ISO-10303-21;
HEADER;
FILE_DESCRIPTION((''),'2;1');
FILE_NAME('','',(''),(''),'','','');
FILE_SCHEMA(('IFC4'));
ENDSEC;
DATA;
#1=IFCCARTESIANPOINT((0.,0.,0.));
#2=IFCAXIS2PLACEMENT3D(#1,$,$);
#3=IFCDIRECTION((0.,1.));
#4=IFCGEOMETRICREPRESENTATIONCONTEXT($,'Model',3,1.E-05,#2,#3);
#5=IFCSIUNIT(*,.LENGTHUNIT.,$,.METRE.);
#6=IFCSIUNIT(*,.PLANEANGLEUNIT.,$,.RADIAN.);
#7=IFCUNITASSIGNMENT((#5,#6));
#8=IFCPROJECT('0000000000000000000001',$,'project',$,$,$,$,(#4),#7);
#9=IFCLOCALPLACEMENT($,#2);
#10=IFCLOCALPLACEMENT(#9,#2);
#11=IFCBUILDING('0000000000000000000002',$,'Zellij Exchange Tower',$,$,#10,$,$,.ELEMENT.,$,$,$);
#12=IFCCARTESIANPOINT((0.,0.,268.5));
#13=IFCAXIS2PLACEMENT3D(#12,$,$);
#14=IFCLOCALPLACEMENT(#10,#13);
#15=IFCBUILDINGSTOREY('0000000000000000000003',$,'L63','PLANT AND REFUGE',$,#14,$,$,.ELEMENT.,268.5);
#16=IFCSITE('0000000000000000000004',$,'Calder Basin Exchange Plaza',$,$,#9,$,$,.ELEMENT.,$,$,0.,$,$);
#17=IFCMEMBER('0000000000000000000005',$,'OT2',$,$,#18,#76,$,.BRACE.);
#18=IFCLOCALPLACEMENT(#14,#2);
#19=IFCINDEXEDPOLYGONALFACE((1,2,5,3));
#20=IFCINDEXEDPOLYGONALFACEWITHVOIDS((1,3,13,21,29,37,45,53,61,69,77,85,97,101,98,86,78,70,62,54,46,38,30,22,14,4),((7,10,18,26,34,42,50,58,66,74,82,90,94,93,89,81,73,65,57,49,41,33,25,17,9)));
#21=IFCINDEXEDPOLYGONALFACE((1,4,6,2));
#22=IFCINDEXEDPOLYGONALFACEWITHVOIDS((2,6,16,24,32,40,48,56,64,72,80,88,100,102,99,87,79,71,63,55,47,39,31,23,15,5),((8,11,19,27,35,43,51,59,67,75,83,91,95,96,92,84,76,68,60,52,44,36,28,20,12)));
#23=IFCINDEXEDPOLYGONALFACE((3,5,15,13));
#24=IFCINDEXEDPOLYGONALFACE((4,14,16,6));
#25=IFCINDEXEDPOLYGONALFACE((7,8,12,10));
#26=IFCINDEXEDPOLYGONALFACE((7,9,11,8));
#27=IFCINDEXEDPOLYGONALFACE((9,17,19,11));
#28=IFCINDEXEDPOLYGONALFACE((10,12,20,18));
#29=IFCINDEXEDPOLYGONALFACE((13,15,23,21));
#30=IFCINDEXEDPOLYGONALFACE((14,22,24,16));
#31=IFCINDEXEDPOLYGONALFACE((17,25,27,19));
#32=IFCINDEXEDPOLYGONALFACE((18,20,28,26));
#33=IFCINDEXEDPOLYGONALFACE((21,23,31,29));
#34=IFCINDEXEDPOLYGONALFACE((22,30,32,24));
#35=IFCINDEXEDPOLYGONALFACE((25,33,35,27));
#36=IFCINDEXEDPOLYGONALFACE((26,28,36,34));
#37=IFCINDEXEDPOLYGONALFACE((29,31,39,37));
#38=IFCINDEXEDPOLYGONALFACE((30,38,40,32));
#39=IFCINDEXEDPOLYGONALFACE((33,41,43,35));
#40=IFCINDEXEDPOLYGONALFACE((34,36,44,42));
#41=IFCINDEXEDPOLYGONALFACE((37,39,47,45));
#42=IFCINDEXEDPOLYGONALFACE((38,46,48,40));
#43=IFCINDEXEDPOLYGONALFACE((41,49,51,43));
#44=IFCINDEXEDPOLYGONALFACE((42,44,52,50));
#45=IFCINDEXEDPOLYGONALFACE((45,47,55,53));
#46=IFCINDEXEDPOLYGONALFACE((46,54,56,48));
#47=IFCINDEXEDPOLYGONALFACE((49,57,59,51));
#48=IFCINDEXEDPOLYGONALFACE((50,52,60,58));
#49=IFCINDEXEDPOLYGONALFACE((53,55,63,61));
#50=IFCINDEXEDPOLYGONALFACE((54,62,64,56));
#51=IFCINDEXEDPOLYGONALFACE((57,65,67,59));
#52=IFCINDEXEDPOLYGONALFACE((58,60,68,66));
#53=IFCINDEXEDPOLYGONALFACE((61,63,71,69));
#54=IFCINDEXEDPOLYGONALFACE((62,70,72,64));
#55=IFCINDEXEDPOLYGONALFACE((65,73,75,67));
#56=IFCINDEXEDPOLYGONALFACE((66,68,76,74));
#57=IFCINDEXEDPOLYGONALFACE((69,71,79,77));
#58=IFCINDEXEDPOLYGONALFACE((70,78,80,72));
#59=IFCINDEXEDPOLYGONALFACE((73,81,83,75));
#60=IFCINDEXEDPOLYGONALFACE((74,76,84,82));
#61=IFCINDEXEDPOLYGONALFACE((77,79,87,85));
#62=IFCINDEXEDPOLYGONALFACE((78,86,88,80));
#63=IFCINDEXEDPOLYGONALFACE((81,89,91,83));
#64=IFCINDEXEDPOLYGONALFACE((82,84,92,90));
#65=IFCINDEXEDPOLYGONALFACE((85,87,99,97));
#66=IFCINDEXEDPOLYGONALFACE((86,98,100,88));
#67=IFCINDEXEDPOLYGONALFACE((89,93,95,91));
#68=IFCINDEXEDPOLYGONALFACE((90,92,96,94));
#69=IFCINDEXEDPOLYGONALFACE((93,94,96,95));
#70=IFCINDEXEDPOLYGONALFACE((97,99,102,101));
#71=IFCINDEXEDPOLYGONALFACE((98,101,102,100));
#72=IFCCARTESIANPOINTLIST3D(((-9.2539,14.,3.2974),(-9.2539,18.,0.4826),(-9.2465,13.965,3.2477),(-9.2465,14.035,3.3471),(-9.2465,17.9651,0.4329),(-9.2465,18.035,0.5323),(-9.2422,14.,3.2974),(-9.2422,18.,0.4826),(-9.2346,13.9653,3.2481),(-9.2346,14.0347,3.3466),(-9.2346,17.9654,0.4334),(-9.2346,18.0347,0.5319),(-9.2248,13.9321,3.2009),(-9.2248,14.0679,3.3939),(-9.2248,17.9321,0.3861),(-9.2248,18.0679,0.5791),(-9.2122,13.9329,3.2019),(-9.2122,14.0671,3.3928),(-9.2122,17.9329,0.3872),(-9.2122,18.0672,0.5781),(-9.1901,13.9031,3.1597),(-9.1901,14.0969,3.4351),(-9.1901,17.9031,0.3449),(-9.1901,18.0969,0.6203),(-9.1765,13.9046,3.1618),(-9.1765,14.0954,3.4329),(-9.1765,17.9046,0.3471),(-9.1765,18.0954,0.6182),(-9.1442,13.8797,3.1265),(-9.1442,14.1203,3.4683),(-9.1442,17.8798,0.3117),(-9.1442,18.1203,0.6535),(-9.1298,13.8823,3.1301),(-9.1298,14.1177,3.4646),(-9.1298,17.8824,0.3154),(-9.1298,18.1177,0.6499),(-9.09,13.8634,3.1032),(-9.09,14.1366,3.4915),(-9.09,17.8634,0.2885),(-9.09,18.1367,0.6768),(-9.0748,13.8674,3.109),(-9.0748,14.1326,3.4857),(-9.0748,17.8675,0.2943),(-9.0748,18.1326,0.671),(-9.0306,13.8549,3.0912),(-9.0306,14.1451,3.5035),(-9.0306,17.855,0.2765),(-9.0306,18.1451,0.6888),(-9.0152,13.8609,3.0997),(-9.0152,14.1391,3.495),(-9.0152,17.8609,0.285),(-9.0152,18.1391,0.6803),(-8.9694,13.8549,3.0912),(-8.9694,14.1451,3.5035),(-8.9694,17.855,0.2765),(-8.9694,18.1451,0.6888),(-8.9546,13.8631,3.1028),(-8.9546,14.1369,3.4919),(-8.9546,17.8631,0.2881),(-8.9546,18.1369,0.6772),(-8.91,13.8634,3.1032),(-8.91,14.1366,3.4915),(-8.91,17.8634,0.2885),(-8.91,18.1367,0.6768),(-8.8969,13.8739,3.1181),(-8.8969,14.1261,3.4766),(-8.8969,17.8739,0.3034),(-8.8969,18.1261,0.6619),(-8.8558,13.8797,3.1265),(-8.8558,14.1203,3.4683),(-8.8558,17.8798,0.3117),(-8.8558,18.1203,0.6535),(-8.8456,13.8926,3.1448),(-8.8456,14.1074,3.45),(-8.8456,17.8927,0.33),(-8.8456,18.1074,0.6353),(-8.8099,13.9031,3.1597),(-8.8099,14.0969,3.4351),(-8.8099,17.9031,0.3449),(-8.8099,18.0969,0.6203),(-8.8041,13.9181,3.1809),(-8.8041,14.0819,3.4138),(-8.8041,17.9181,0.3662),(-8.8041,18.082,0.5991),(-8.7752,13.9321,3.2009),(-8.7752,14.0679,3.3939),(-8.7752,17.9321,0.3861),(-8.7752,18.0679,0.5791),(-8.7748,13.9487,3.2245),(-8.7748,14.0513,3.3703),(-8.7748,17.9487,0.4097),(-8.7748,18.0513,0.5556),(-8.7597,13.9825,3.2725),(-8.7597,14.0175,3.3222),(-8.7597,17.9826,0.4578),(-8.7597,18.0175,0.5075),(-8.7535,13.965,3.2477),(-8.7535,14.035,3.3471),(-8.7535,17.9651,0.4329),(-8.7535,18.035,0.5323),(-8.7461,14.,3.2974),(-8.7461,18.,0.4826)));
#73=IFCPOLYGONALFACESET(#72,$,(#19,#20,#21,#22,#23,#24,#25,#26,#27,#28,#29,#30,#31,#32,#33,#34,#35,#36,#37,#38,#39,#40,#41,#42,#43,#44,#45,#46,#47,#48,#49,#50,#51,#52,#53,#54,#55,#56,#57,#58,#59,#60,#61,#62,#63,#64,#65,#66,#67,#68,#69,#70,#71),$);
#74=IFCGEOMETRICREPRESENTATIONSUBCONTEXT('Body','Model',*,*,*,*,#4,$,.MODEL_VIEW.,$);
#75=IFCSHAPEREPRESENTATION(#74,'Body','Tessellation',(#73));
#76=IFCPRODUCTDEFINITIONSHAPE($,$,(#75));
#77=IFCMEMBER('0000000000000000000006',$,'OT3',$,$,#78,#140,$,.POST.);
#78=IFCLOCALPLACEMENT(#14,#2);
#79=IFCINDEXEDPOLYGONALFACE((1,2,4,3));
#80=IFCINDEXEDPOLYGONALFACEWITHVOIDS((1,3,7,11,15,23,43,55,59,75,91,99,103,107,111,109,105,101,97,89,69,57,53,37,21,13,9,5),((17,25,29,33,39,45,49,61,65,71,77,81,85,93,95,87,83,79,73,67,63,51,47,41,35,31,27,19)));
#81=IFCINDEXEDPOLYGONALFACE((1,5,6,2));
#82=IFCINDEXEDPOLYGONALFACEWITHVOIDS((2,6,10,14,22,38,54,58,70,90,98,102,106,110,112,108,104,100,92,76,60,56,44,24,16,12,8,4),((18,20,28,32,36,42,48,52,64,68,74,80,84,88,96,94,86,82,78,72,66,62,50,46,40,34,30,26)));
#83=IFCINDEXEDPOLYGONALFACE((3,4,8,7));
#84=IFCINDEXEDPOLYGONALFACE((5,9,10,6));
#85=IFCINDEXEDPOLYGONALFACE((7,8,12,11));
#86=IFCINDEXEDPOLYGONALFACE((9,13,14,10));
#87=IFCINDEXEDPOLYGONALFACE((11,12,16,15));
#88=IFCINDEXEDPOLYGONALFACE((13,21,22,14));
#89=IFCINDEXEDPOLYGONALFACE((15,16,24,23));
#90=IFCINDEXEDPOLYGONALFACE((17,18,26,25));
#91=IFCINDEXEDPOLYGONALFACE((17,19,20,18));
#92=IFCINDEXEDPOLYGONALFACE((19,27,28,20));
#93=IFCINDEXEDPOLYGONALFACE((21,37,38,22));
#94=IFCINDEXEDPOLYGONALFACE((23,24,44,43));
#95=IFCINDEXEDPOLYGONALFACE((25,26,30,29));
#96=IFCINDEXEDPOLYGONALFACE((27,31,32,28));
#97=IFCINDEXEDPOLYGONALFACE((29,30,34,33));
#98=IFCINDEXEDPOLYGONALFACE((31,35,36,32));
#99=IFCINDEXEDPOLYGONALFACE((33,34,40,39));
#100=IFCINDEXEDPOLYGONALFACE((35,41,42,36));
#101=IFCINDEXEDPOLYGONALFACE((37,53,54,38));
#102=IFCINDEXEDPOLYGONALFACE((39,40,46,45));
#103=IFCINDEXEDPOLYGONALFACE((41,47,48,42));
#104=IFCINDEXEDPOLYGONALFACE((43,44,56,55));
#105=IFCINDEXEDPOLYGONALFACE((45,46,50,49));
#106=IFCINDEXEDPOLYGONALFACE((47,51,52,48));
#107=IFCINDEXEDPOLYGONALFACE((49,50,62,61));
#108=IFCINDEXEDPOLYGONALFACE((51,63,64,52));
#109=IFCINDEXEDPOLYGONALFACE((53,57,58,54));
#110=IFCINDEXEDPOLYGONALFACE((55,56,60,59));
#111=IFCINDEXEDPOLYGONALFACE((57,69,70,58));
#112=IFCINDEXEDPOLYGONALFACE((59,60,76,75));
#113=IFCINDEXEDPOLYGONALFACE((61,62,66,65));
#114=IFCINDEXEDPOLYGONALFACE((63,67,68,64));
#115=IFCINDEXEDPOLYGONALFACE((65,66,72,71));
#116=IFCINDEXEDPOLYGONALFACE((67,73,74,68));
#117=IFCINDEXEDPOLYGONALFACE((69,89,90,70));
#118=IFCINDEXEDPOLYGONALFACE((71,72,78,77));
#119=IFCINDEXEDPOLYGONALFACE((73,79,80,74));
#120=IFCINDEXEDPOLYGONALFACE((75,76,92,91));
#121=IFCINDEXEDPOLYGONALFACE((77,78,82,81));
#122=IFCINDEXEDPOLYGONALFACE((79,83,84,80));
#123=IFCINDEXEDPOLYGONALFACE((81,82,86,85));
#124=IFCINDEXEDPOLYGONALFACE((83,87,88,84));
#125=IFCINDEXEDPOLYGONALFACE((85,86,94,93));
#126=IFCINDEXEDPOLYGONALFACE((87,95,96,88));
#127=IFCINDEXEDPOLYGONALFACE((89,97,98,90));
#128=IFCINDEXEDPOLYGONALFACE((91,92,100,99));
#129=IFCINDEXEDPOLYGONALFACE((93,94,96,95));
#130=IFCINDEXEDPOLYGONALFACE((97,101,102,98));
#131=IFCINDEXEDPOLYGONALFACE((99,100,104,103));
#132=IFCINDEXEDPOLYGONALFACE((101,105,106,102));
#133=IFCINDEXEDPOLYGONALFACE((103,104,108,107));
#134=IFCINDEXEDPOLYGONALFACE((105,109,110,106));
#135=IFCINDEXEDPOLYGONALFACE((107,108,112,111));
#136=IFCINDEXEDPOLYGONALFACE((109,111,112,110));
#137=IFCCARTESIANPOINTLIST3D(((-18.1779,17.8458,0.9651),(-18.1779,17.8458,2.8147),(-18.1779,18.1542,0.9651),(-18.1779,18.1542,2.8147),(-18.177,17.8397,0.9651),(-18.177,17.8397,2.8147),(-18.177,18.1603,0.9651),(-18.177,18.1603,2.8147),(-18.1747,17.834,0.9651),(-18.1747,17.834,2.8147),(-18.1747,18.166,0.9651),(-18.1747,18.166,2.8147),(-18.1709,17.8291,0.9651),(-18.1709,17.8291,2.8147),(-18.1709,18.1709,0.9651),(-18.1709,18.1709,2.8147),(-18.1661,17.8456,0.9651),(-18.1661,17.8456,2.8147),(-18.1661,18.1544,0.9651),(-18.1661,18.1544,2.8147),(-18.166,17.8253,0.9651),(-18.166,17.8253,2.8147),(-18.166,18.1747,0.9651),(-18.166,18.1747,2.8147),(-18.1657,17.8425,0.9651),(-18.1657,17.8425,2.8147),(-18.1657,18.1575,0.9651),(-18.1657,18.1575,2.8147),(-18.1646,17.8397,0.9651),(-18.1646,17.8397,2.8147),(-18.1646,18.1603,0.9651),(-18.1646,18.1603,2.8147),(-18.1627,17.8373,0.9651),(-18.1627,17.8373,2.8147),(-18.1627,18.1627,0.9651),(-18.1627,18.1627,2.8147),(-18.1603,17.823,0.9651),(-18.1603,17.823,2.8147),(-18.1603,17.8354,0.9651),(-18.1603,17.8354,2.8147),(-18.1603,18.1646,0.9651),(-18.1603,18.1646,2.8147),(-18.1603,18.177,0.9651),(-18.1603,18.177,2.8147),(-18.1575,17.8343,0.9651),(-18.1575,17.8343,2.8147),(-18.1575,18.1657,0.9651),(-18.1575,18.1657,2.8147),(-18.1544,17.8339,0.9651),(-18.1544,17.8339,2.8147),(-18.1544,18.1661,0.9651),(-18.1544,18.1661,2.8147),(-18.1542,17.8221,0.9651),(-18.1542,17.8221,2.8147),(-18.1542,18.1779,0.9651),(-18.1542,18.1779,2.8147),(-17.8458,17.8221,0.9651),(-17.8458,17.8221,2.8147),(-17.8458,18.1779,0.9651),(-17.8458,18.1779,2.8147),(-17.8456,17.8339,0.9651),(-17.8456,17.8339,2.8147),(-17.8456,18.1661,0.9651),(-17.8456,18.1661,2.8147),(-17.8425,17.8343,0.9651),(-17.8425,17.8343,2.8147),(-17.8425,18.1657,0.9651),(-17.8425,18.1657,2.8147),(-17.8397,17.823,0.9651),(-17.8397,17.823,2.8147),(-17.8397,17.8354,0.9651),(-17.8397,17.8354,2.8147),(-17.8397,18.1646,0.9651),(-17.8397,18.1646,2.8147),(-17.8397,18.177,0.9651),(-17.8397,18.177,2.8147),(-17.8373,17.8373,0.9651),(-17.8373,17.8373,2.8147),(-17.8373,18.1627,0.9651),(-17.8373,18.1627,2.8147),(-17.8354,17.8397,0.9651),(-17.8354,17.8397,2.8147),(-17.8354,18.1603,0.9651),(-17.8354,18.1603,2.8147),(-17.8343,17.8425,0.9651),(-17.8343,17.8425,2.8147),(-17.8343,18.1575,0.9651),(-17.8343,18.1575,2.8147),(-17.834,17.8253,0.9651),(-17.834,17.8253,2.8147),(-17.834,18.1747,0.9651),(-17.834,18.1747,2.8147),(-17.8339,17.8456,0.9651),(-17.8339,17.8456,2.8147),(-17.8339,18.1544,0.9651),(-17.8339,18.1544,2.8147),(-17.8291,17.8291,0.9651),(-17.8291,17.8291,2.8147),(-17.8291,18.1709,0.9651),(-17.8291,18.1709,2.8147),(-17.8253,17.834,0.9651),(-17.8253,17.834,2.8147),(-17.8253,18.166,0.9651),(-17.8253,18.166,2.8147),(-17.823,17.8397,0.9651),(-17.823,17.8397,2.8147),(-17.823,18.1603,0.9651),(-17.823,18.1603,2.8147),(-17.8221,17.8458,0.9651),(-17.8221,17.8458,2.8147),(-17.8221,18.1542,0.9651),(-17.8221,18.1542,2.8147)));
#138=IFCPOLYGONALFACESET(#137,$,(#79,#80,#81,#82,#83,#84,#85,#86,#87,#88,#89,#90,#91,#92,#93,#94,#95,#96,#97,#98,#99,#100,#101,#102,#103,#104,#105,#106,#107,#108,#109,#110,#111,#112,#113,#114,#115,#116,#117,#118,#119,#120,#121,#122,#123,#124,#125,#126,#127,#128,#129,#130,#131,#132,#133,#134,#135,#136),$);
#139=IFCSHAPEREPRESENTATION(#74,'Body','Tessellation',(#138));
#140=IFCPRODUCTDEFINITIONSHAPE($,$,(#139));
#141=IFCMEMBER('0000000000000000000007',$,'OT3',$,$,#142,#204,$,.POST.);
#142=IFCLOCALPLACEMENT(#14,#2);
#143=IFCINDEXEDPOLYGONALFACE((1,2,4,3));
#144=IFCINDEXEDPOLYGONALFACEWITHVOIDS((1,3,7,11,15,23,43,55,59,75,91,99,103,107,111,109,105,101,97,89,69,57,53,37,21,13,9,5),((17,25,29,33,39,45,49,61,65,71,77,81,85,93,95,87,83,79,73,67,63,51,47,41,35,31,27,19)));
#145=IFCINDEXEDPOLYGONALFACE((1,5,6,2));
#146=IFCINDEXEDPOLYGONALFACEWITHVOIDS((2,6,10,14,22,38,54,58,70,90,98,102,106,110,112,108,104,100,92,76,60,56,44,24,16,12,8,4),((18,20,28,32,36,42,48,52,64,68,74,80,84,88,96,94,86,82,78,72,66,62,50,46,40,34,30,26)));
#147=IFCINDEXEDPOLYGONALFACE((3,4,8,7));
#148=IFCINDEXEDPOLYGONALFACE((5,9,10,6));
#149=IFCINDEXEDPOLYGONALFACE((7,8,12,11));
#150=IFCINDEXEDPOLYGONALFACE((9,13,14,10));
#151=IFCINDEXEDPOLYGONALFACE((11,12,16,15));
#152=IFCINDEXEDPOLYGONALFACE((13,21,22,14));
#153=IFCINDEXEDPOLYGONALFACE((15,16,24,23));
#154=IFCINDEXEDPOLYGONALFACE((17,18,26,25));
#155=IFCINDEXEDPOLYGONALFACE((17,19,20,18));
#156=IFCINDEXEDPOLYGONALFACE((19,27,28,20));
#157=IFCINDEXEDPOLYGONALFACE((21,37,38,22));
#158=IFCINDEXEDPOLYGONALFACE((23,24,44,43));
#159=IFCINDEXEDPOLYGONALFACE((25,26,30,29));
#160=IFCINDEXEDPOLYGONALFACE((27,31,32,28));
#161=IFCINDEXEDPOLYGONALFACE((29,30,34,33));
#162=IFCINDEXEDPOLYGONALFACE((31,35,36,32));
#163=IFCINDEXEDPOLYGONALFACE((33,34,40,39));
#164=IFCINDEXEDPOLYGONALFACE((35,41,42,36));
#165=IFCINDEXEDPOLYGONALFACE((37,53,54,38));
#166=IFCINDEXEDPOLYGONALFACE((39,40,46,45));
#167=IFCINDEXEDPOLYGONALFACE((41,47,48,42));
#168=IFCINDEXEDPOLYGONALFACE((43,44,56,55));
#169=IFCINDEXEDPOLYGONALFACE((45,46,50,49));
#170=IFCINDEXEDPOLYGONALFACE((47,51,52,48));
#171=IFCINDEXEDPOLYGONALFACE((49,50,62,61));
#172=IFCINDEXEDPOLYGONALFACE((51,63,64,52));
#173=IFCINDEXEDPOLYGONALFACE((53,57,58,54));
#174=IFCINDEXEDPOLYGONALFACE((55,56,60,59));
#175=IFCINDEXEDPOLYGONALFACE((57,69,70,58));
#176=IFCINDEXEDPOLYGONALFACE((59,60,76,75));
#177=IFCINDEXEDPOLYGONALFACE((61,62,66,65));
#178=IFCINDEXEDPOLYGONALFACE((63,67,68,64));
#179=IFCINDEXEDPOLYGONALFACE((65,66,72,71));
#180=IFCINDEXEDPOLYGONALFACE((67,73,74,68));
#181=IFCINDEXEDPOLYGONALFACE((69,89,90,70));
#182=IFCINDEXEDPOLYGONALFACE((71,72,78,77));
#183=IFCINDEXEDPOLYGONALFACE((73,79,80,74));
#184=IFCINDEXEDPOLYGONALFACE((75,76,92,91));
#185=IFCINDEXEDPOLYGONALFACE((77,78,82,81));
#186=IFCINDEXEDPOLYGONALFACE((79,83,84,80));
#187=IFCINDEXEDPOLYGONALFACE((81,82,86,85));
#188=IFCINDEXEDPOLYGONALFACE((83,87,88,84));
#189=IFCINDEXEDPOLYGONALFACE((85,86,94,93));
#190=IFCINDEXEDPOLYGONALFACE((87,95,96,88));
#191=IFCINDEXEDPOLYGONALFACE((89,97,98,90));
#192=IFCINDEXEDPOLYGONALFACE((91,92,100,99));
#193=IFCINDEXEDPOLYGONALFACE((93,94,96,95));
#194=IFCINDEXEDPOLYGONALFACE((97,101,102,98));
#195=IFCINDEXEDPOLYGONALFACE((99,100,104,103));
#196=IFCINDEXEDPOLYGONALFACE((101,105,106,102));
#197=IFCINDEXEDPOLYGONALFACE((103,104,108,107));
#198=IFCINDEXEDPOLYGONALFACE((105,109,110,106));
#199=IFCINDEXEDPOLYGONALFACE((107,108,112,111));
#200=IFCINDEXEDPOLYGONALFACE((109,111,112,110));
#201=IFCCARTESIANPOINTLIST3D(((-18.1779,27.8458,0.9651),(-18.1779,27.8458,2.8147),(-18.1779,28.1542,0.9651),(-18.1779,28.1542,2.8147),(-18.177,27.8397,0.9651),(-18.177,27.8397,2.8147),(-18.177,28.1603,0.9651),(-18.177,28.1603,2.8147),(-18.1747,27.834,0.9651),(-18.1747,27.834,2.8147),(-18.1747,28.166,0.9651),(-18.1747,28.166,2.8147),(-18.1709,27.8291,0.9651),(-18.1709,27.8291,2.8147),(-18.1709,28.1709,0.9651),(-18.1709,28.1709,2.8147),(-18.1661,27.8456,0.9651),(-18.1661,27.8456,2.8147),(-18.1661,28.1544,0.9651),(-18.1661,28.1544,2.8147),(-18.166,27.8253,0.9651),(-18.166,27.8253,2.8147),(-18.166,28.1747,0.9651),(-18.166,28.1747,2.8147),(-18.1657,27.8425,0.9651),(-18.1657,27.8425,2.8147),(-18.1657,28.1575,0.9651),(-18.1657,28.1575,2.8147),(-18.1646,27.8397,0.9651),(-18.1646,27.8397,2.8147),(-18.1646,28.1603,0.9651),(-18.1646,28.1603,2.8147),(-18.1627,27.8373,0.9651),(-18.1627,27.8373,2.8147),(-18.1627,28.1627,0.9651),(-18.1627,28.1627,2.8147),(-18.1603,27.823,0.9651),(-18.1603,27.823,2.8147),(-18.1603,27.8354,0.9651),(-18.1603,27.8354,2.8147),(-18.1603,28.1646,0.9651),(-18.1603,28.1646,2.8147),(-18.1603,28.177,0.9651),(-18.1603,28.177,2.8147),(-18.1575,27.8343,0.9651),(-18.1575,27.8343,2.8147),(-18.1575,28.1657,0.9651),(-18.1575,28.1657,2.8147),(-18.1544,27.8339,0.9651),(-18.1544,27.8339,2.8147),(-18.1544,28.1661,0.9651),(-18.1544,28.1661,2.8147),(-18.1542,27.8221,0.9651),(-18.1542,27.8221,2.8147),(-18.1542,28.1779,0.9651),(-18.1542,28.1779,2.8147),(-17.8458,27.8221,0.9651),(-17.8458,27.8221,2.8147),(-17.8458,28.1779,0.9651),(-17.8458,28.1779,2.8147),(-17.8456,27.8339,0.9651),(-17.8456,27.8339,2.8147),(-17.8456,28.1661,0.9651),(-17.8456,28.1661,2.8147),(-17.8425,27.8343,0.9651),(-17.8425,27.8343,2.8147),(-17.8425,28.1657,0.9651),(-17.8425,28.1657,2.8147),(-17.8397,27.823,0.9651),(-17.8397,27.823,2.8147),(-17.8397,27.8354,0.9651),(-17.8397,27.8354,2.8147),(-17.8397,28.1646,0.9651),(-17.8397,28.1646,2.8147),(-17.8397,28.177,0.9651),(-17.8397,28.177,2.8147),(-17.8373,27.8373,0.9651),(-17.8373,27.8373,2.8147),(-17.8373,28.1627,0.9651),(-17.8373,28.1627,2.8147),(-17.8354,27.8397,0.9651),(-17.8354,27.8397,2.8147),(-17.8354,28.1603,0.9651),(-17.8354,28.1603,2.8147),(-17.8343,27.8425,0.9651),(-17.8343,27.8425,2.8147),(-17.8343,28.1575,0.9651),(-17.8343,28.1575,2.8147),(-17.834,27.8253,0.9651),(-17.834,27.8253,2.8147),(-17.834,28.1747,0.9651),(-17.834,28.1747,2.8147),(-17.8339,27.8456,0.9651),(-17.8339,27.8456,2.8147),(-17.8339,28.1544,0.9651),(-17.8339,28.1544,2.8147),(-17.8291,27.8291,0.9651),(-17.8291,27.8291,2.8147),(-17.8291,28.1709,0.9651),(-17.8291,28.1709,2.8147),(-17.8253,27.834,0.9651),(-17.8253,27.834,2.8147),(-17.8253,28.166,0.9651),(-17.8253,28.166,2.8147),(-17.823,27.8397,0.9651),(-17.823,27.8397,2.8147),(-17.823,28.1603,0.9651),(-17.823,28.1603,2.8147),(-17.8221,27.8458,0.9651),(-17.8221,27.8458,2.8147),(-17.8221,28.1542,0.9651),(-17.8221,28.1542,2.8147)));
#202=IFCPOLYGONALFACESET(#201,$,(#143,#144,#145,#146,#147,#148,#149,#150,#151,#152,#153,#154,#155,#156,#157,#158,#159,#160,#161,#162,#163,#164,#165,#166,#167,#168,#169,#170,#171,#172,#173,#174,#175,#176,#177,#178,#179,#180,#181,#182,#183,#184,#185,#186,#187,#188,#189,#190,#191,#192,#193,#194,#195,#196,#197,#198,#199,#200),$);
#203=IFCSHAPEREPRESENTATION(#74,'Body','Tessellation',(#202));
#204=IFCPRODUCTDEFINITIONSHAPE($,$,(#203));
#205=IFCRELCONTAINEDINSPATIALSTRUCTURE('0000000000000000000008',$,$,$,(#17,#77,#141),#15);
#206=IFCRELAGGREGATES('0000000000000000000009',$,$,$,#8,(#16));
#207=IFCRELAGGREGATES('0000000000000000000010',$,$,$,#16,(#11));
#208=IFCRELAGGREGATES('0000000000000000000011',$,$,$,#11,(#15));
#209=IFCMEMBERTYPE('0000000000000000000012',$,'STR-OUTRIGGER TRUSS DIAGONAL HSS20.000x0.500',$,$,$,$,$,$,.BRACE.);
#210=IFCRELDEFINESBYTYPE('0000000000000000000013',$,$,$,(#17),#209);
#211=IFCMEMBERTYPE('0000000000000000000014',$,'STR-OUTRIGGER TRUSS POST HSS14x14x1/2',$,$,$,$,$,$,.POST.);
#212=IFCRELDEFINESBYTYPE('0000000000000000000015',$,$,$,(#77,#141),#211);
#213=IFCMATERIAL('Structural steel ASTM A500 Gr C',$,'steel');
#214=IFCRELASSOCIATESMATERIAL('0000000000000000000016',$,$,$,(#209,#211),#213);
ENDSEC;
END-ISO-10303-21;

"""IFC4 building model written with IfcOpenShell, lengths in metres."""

from ifc_helpers import new_model, si_unit, direction, frame, origin, origin_2d, place, context, subcontext, project, spatial, hollow_rectangle, hollow_circle, extrude, material, material_profile, profile_set, type_object, element, save


model = new_model("IFC4")

# Units and contexts
model_context = context("Model", 3, precision=1e-05, world=origin(), true_north=direction((0.0, 1.0)))
body_context = subcontext(model_context, "Body", "Model", "MODEL_VIEW")
ifc_project = project(units=[si_unit("LENGTHUNIT", "METRE"), si_unit("PLANEANGLEUNIT", "RADIAN")], contexts=[model_context])

# Site, building, storey
site_placement = place(None, origin())
site = spatial("IfcSite", under=ifc_project, at=site_placement, Name="Calder Basin Exchange Plaza", CompositionType="ELEMENT", RefElevation=0.0)
building_placement = place(site_placement, origin())
building = spatial("IfcBuilding", under=site, at=building_placement, Name="Zellij Exchange Tower", CompositionType="ELEMENT")
storey_placement = place(building_placement, frame((0.0, 0.0, 268.5)))
storey = spatial("IfcBuildingStorey", under=building, at=storey_placement, Name="L63", Description="PLANT AND REFUGE", CompositionType="ELEMENT", Elevation=268.5)

# Members
ifc_material_1 = material(Name="Structural steel ASTM A500 Gr C", Category="steel")
ifc_material_profile_1 = material_profile(ifc_material_1, hollow_circle(Radius=0.2539, WallThickness=0.0117, at=origin_2d()), Name="STR-OUTRIGGER TRUSS DIAGONAL HSS20.000x0.500")
ifc_profile_set_1 = profile_set([ifc_material_profile_1], Name="Structural steel ASTM A500 Gr C")
member_type_1 = type_object("IfcMemberType", Name="STR-OUTRIGGER TRUSS DIAGONAL HSS20.000x0.500", PredefinedType="BRACE", material=ifc_profile_set_1)
member_1_placement = place(storey_placement, frame((-9.0, 14.0, 3.2974), z_axis=(0.0, 0.817818, -0.575477), x_axis=(-1.0, 0.0, 0.0)))
element("IfcMember", 1, at=member_1_placement, inside=storey, type_object=member_type_1, Name="OT2", PredefinedType="BRACE", context=body_context, shape_type="SweptSolid", body=[
    extrude(hollow_circle(Radius=0.2539, WallThickness=0.0117, at=origin_2d()), origin(), (0.0, 0.0, 1.0), 4.8911),
])
ifc_material_profile_2 = material_profile(ifc_material_1, hollow_rectangle(XDim=0.3557, YDim=0.3557, WallThickness=0.0117, InnerFilletRadius=0.0117, OuterFilletRadius=0.0237, at=origin_2d()), Name="STR-OUTRIGGER TRUSS POST HSS14x14x1/2")
ifc_profile_set_2 = profile_set([ifc_material_profile_2], Name="Structural steel ASTM A500 Gr C")
member_type_2 = type_object("IfcMemberType", Name="STR-OUTRIGGER TRUSS POST HSS14x14x1/2", PredefinedType="POST", material=ifc_profile_set_2)
for number, where, z_axis, x_axis, name in (
    (2, (-18.0, 18.0, 0.9651), (0.0, 0.0, 1.0), (1.0, 0.0, 0.0), "OT3"),
    (3, (-18.0, 28.0, 0.9651), (0.0, 0.0, 1.0), (1.0, 0.0, 0.0), "OT3"),
):
    element("IfcMember", number, at=place(storey_placement, frame(where, z_axis=z_axis, x_axis=x_axis)), inside=storey, type_object=member_type_2, Name=name, PredefinedType="POST", context=body_context, shape_type="SweptSolid", body=[
        extrude(hollow_rectangle(XDim=0.3557, YDim=0.3557, WallThickness=0.0117, InnerFilletRadius=0.0117, OuterFilletRadius=0.0237, at=origin_2d()), origin(), (0.0, 0.0, 1.0), 1.8496),
    ])

save(model, "model.ifc")
